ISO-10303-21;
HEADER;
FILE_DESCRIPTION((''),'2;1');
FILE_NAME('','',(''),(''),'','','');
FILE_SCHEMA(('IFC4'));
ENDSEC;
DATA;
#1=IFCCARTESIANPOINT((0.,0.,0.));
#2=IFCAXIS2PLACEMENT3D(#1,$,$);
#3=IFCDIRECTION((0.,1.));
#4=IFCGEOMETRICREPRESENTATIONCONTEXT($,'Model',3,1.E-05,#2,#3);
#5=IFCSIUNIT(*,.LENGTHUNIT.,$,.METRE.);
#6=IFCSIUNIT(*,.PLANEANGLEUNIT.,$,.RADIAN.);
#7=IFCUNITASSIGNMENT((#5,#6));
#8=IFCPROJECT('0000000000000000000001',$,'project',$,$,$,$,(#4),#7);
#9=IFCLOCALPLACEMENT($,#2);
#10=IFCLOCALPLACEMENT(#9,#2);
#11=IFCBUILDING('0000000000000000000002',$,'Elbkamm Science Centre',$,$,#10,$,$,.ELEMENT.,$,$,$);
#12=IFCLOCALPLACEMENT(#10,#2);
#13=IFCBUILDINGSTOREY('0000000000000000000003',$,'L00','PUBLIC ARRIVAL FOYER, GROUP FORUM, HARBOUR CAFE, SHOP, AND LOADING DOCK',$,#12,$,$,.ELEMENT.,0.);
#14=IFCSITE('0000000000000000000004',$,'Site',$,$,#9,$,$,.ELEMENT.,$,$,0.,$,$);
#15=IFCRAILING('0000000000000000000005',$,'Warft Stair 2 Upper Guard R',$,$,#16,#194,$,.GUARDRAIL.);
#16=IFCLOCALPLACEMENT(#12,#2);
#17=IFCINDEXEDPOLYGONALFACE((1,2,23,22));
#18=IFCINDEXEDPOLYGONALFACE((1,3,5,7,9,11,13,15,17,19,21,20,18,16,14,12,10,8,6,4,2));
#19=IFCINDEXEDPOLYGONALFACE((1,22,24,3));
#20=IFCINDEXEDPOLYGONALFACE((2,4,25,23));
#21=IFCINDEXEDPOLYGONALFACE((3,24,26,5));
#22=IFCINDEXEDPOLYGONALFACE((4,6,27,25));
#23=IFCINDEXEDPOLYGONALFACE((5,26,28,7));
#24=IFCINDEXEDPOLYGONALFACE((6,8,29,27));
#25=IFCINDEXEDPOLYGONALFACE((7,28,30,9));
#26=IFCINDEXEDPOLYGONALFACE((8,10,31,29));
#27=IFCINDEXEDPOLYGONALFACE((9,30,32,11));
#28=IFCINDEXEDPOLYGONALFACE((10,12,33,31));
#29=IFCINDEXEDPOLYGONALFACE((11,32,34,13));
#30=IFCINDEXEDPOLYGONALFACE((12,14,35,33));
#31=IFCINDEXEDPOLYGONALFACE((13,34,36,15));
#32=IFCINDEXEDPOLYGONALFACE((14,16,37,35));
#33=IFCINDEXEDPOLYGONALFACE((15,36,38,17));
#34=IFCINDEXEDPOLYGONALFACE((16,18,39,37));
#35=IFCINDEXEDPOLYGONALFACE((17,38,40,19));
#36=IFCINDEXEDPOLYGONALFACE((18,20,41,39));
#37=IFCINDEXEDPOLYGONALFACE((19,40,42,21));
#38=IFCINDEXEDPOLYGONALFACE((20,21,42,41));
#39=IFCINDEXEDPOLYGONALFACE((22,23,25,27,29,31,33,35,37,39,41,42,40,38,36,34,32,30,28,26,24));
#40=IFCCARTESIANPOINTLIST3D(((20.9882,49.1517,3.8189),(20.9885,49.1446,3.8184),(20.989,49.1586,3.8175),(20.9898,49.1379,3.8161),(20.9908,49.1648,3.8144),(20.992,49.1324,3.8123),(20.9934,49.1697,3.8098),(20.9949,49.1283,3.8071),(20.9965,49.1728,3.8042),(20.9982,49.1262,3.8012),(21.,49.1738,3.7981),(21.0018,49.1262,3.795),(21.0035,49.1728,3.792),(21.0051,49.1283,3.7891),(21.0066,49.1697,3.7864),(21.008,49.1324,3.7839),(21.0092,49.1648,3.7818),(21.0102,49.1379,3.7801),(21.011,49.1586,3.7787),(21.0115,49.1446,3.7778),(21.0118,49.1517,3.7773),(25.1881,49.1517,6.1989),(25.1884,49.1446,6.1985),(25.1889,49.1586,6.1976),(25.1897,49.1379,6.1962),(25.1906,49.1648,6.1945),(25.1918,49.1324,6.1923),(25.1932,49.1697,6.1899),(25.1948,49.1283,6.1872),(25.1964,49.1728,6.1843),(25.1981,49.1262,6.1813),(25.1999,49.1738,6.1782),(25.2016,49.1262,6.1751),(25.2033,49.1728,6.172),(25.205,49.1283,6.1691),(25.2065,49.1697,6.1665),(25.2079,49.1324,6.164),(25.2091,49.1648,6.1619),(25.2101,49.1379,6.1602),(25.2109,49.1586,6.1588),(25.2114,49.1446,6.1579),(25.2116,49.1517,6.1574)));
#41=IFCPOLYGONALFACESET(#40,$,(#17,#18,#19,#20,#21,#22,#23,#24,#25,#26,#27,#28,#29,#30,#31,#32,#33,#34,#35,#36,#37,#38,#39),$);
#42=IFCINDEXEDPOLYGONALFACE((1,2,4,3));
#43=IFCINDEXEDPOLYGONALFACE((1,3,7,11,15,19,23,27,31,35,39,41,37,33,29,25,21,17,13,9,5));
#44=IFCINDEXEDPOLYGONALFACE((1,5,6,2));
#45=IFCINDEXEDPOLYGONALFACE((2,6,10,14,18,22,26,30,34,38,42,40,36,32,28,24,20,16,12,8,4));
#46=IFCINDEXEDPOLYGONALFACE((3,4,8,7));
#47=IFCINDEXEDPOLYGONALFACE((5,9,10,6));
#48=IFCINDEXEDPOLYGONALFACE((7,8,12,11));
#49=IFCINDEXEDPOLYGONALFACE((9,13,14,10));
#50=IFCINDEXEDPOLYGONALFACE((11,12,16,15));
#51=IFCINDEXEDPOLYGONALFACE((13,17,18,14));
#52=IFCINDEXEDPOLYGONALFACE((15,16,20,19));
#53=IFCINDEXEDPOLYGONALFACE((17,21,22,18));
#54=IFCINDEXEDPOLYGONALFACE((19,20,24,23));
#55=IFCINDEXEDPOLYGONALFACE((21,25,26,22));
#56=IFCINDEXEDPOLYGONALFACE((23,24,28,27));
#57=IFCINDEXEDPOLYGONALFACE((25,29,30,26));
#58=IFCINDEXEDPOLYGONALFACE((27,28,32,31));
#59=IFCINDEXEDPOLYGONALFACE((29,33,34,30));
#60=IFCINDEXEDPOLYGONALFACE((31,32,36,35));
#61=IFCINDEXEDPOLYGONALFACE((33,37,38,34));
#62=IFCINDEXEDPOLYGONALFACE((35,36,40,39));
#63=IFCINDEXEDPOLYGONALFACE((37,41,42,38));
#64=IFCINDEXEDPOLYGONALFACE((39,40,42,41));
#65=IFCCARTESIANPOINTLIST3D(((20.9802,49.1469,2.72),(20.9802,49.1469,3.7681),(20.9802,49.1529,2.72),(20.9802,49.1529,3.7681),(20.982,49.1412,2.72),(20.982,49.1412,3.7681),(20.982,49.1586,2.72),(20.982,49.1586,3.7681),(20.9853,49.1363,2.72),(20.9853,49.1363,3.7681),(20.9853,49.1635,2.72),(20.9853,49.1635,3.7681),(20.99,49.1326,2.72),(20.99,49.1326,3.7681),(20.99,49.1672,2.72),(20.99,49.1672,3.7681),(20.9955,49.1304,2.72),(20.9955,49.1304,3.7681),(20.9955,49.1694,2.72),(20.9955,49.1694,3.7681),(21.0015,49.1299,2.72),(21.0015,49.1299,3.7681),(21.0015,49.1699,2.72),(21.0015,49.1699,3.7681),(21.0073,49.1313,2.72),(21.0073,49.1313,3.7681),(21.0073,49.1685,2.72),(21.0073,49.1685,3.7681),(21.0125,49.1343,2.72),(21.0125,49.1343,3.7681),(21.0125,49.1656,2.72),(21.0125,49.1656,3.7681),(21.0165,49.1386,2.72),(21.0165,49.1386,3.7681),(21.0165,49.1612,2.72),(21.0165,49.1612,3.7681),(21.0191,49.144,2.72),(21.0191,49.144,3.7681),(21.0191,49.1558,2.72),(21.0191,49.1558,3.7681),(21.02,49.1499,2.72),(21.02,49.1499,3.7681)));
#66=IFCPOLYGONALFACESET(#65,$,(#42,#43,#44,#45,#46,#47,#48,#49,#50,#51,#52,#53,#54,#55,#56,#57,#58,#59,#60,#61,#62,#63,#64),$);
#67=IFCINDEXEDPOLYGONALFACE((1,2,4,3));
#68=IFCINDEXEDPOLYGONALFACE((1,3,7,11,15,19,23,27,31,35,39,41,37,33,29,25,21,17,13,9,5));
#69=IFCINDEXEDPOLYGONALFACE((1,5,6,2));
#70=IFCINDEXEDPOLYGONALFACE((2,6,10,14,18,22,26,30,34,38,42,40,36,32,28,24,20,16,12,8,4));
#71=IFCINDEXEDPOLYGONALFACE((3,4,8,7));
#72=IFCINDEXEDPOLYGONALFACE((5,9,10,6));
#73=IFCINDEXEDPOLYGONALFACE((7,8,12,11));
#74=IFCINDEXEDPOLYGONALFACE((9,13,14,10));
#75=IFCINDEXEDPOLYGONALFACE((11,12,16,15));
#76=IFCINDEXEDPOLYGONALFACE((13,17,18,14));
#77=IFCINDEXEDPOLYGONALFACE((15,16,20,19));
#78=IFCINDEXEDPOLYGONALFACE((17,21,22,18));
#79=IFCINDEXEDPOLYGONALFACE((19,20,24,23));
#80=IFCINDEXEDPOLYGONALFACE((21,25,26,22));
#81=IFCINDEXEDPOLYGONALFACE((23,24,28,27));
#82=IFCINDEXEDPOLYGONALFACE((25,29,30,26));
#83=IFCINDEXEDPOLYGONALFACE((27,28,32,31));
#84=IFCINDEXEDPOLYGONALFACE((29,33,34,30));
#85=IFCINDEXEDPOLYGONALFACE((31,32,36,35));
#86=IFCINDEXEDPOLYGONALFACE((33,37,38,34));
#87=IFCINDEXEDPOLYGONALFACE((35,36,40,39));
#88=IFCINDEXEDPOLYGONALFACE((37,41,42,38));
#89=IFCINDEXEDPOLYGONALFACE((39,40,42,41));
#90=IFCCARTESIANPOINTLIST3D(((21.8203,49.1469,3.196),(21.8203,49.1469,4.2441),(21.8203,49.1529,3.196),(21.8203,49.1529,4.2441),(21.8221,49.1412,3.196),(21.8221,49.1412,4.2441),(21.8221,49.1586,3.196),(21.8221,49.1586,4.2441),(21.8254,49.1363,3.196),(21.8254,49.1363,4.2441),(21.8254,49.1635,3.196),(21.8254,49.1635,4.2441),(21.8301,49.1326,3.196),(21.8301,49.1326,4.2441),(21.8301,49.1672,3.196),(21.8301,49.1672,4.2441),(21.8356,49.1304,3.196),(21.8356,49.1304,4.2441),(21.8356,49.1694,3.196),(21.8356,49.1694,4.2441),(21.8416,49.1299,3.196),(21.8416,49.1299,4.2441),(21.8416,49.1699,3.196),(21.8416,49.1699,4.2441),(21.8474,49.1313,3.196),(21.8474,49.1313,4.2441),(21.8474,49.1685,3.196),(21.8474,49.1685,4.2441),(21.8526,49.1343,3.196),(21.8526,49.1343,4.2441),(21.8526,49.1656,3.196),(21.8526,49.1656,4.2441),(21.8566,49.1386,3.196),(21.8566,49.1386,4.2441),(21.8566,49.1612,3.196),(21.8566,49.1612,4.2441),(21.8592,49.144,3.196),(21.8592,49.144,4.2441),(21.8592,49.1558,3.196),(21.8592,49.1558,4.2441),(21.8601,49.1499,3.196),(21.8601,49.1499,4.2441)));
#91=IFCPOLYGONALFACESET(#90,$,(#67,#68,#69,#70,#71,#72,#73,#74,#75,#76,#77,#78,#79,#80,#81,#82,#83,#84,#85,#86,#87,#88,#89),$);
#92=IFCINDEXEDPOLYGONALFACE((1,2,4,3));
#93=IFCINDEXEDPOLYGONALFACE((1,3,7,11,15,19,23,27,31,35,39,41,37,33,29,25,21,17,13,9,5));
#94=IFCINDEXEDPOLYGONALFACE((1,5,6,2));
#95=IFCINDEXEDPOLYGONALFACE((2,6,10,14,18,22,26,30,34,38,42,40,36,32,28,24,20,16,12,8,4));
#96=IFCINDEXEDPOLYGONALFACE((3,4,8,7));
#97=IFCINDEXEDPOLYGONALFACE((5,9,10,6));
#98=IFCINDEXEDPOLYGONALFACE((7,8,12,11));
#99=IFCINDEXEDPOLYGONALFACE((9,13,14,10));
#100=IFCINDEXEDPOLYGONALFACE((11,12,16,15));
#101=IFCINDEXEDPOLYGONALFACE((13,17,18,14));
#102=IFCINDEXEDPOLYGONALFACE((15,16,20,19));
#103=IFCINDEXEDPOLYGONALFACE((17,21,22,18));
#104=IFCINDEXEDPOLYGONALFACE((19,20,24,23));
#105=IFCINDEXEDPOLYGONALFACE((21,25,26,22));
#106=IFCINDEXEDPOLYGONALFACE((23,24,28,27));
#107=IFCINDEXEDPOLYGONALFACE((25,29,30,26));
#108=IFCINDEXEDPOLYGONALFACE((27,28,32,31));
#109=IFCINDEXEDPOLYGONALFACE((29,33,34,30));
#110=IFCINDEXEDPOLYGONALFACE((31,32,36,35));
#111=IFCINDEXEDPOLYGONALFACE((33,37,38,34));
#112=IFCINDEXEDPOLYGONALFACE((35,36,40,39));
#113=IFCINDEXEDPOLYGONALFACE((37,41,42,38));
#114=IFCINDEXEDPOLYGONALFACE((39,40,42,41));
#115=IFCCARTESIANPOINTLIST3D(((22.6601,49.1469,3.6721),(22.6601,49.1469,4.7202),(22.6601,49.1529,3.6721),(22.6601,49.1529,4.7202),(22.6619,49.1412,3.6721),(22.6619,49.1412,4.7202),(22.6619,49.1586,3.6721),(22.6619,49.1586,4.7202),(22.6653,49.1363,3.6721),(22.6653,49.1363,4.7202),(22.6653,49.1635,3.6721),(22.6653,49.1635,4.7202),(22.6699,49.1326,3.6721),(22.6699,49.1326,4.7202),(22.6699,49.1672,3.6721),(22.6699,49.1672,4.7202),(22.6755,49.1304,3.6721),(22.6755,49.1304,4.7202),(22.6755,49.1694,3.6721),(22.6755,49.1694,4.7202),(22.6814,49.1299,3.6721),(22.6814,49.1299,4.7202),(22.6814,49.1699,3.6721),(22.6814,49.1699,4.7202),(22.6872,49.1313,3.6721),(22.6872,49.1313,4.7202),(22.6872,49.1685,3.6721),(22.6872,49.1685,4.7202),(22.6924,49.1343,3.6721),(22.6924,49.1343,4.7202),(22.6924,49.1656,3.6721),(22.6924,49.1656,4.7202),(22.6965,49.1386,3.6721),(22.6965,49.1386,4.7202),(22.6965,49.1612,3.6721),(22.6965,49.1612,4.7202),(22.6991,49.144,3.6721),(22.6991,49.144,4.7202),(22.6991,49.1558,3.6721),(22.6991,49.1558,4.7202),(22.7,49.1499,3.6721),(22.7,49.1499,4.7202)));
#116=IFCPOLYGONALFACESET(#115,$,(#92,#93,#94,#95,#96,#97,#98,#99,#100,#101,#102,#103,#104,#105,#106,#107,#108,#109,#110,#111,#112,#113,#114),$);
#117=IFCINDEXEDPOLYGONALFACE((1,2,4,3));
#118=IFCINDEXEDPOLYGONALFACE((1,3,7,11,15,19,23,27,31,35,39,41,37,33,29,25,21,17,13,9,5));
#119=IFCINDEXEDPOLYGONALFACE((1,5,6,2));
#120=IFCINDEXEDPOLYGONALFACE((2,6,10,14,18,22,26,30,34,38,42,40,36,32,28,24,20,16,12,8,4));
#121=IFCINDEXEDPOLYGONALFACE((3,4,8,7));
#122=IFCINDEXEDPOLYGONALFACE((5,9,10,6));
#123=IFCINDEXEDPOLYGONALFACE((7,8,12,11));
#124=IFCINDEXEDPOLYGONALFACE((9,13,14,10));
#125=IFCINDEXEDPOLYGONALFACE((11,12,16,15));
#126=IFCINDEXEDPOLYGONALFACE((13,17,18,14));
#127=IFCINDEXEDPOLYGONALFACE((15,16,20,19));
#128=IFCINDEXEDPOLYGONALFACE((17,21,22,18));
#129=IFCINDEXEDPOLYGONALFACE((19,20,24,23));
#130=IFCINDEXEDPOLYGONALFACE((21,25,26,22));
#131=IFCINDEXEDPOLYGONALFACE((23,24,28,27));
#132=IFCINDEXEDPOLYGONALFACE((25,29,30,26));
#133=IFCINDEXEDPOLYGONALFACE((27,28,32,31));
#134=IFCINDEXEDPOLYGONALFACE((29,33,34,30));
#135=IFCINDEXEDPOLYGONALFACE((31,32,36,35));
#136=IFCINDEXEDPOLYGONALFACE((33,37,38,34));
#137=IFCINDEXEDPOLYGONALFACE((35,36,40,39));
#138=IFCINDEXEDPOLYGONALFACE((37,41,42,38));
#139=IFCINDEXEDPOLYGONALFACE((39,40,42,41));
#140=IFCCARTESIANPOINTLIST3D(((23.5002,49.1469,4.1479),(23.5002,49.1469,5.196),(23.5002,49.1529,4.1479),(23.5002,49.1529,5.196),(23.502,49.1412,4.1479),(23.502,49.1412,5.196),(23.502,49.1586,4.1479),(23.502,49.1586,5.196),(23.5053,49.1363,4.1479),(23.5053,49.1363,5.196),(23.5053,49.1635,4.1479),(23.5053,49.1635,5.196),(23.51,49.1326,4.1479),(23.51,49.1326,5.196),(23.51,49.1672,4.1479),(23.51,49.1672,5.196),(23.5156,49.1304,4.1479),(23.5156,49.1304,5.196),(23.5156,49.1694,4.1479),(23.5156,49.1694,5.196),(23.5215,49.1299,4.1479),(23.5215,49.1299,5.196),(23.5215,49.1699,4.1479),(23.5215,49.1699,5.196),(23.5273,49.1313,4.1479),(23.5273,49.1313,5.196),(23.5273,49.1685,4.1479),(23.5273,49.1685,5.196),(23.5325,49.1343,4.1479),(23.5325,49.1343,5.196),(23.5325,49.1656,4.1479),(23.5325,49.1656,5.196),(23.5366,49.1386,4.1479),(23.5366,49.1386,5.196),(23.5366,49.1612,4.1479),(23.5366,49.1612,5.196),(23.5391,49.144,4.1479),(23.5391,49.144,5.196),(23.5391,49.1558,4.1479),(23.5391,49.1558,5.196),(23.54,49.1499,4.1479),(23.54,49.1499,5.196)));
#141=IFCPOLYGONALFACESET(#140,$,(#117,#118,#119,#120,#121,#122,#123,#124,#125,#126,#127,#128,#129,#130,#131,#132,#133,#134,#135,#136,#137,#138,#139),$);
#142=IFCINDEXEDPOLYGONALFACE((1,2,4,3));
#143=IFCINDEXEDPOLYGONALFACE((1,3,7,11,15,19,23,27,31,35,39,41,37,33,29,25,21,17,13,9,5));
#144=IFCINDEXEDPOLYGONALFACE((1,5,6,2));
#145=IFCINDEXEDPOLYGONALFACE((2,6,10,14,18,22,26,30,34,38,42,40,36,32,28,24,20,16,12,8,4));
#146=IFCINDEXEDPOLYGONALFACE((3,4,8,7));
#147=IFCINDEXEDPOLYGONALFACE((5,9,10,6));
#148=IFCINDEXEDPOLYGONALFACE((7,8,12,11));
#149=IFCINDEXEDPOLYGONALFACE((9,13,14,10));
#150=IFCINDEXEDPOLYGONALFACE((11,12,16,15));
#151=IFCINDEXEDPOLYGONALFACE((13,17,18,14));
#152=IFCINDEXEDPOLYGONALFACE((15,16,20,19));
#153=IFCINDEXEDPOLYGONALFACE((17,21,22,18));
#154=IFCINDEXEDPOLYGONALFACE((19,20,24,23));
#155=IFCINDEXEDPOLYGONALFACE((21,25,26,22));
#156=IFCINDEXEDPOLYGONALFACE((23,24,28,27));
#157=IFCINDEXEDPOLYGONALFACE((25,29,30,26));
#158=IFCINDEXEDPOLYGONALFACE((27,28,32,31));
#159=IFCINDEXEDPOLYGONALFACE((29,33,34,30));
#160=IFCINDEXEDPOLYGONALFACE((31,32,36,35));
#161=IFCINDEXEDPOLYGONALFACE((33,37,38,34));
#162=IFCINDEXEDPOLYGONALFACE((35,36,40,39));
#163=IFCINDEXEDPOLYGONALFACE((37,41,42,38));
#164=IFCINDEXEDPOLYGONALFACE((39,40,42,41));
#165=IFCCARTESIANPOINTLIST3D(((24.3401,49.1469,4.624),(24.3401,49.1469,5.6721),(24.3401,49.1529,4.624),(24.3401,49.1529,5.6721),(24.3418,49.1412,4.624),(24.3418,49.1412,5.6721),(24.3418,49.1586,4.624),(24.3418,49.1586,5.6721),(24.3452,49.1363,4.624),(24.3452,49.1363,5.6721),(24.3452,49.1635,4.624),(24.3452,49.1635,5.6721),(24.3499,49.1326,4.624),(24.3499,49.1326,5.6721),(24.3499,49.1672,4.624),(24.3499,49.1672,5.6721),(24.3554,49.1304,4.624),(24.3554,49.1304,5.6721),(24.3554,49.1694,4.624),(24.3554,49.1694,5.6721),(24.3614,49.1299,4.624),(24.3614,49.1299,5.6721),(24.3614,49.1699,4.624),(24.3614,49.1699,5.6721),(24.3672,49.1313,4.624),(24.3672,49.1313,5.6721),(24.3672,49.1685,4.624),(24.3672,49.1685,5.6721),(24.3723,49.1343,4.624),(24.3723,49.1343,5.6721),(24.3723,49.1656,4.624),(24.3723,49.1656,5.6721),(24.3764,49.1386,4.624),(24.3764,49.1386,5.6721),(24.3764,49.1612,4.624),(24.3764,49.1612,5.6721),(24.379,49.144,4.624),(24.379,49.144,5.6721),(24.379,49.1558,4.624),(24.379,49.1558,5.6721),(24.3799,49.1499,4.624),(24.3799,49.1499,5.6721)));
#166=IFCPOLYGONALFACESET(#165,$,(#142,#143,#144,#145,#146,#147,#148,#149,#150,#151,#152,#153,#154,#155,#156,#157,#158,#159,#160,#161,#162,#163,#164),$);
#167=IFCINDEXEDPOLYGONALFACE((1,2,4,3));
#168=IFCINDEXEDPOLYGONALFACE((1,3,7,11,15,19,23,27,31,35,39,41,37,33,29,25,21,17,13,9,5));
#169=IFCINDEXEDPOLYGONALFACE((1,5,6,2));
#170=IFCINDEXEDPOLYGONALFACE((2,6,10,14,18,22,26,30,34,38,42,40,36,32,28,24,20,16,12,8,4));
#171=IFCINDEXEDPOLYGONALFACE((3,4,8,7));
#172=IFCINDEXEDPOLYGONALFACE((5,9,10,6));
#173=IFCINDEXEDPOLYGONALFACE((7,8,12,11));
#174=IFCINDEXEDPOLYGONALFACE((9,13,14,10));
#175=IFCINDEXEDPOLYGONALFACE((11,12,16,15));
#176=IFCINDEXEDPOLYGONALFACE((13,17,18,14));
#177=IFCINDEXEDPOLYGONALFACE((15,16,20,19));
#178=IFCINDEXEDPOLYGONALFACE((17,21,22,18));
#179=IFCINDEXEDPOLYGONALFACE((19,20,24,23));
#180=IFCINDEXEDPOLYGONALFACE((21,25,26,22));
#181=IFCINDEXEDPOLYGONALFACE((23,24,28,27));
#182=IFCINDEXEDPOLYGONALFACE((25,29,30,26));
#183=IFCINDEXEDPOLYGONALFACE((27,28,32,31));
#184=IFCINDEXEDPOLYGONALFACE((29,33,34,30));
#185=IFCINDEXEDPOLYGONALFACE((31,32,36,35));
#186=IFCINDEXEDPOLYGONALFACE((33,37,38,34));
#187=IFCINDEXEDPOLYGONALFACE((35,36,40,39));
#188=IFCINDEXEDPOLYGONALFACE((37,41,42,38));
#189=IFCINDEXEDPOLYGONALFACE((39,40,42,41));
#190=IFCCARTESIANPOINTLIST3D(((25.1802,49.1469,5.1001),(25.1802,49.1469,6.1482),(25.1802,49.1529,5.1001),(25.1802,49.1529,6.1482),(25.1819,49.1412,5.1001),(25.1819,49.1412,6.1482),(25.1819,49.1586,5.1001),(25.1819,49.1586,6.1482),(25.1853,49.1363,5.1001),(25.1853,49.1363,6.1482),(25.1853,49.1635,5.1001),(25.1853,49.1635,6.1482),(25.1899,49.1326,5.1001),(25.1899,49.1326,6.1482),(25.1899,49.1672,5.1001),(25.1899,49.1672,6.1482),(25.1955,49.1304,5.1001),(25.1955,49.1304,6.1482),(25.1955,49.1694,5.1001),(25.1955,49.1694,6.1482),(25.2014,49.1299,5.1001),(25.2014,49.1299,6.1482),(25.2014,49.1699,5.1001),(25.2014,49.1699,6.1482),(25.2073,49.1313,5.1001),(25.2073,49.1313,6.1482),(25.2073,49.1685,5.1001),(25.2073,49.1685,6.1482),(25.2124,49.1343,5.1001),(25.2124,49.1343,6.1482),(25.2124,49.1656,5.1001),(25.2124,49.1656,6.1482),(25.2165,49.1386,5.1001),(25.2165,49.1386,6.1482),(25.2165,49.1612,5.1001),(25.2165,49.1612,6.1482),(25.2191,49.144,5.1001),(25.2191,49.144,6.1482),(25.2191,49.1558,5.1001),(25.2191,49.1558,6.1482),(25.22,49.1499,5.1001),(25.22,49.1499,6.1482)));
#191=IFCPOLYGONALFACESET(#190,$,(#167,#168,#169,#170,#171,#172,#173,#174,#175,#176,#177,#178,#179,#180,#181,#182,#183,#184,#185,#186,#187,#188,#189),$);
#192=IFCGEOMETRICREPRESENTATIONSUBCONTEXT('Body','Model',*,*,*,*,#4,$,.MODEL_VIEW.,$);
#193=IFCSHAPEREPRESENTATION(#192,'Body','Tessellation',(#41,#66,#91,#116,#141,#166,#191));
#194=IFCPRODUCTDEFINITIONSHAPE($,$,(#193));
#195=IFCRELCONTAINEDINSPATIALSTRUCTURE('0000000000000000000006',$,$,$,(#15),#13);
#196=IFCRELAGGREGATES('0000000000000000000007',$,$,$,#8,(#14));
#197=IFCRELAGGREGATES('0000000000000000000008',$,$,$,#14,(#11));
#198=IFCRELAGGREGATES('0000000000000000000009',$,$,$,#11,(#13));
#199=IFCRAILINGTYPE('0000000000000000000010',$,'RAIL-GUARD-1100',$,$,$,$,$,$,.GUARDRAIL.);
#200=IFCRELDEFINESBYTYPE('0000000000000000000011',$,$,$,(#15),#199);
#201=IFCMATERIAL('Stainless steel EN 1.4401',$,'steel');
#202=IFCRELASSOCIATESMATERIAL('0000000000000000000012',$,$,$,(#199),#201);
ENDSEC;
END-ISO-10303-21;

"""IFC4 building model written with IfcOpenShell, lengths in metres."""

from ifc_helpers import new_model, si_unit, direction, frame, origin, origin_2d, place, context, subcontext, project, spatial, circle, extrude, material, type_object, element, save


model = new_model("IFC4")

# Units and contexts
model_context = context("Model", 3, precision=1e-05, world=origin(), true_north=direction((0.0, 1.0)))
body_context = subcontext(model_context, "Body", "Model", "MODEL_VIEW")
ifc_project = project(units=[si_unit("LENGTHUNIT", "METRE"), si_unit("PLANEANGLEUNIT", "RADIAN")], contexts=[model_context])

# Site, building, storey
site_placement = place(None, origin())
site = spatial("IfcSite", under=ifc_project, at=site_placement, Name="Site", CompositionType="ELEMENT", RefElevation=0.0)
building_placement = place(site_placement, origin())
building = spatial("IfcBuilding", under=site, at=building_placement, Name="Elbkamm Science Centre", CompositionType="ELEMENT")
storey_placement = place(building_placement, origin())
storey = spatial("IfcBuildingStorey", under=building, at=storey_placement, Name="L00", Description="PUBLIC ARRIVAL FOYER, GROUP FORUM, HARBOUR CAFE, SHOP, AND LOADING DOCK", CompositionType="ELEMENT", Elevation=0.0)

# Railing
ifc_material_1 = material(Name="Stainless steel EN 1.4401", Category="steel")
railing_type_1 = type_object("IfcRailingType", Name="RAIL-GUARD-1100", PredefinedType="GUARDRAIL", material=ifc_material_1)
for number, where, name in (
    (1, (21.0, 49.1499, 2.72), "Warft Stair 2 Upper Guard R"),
):
    element("IfcRailing", number, at=place(storey_placement, frame(where)), inside=storey, type_object=railing_type_1, Name=name, PredefinedType="GUARDRAIL", context=body_context, shape_type="SweptSolid", body=[
        extrude(circle(Radius=0.0239, at=origin_2d()), frame((0.0, 0.0, 1.0781), z_axis=(0.870008, 0.0, 0.493037), x_axis=(0.0, 1.0, 0.0)), (0.0, 0.0, 1.0), 4.8274),
        extrude(circle(Radius=0.02, at=origin_2d()), origin(), (0.0, 0.0, 1.0), 1.0481),
        extrude(circle(Radius=0.02, at=origin_2d()), frame((0.8401, 0.0, 0.4761)), (0.0, 0.0, 1.0), 1.0481),
        extrude(circle(Radius=0.02, at=origin_2d()), frame((1.6799, 0.0, 0.9521)), (0.0, 0.0, 1.0), 1.0481),
        extrude(circle(Radius=0.02, at=origin_2d()), frame((2.52, 0.0, 1.428)), (0.0, 0.0, 1.0), 1.0481),
        extrude(circle(Radius=0.02, at=origin_2d()), frame((3.3599, 0.0, 1.9041)), (0.0, 0.0, 1.0), 1.0481),
        extrude(circle(Radius=0.02, at=origin_2d()), frame((4.2, 0.0, 2.3801)), (0.0, 0.0, 1.0), 1.0481),
    ])

save(model, "model.ifc")
